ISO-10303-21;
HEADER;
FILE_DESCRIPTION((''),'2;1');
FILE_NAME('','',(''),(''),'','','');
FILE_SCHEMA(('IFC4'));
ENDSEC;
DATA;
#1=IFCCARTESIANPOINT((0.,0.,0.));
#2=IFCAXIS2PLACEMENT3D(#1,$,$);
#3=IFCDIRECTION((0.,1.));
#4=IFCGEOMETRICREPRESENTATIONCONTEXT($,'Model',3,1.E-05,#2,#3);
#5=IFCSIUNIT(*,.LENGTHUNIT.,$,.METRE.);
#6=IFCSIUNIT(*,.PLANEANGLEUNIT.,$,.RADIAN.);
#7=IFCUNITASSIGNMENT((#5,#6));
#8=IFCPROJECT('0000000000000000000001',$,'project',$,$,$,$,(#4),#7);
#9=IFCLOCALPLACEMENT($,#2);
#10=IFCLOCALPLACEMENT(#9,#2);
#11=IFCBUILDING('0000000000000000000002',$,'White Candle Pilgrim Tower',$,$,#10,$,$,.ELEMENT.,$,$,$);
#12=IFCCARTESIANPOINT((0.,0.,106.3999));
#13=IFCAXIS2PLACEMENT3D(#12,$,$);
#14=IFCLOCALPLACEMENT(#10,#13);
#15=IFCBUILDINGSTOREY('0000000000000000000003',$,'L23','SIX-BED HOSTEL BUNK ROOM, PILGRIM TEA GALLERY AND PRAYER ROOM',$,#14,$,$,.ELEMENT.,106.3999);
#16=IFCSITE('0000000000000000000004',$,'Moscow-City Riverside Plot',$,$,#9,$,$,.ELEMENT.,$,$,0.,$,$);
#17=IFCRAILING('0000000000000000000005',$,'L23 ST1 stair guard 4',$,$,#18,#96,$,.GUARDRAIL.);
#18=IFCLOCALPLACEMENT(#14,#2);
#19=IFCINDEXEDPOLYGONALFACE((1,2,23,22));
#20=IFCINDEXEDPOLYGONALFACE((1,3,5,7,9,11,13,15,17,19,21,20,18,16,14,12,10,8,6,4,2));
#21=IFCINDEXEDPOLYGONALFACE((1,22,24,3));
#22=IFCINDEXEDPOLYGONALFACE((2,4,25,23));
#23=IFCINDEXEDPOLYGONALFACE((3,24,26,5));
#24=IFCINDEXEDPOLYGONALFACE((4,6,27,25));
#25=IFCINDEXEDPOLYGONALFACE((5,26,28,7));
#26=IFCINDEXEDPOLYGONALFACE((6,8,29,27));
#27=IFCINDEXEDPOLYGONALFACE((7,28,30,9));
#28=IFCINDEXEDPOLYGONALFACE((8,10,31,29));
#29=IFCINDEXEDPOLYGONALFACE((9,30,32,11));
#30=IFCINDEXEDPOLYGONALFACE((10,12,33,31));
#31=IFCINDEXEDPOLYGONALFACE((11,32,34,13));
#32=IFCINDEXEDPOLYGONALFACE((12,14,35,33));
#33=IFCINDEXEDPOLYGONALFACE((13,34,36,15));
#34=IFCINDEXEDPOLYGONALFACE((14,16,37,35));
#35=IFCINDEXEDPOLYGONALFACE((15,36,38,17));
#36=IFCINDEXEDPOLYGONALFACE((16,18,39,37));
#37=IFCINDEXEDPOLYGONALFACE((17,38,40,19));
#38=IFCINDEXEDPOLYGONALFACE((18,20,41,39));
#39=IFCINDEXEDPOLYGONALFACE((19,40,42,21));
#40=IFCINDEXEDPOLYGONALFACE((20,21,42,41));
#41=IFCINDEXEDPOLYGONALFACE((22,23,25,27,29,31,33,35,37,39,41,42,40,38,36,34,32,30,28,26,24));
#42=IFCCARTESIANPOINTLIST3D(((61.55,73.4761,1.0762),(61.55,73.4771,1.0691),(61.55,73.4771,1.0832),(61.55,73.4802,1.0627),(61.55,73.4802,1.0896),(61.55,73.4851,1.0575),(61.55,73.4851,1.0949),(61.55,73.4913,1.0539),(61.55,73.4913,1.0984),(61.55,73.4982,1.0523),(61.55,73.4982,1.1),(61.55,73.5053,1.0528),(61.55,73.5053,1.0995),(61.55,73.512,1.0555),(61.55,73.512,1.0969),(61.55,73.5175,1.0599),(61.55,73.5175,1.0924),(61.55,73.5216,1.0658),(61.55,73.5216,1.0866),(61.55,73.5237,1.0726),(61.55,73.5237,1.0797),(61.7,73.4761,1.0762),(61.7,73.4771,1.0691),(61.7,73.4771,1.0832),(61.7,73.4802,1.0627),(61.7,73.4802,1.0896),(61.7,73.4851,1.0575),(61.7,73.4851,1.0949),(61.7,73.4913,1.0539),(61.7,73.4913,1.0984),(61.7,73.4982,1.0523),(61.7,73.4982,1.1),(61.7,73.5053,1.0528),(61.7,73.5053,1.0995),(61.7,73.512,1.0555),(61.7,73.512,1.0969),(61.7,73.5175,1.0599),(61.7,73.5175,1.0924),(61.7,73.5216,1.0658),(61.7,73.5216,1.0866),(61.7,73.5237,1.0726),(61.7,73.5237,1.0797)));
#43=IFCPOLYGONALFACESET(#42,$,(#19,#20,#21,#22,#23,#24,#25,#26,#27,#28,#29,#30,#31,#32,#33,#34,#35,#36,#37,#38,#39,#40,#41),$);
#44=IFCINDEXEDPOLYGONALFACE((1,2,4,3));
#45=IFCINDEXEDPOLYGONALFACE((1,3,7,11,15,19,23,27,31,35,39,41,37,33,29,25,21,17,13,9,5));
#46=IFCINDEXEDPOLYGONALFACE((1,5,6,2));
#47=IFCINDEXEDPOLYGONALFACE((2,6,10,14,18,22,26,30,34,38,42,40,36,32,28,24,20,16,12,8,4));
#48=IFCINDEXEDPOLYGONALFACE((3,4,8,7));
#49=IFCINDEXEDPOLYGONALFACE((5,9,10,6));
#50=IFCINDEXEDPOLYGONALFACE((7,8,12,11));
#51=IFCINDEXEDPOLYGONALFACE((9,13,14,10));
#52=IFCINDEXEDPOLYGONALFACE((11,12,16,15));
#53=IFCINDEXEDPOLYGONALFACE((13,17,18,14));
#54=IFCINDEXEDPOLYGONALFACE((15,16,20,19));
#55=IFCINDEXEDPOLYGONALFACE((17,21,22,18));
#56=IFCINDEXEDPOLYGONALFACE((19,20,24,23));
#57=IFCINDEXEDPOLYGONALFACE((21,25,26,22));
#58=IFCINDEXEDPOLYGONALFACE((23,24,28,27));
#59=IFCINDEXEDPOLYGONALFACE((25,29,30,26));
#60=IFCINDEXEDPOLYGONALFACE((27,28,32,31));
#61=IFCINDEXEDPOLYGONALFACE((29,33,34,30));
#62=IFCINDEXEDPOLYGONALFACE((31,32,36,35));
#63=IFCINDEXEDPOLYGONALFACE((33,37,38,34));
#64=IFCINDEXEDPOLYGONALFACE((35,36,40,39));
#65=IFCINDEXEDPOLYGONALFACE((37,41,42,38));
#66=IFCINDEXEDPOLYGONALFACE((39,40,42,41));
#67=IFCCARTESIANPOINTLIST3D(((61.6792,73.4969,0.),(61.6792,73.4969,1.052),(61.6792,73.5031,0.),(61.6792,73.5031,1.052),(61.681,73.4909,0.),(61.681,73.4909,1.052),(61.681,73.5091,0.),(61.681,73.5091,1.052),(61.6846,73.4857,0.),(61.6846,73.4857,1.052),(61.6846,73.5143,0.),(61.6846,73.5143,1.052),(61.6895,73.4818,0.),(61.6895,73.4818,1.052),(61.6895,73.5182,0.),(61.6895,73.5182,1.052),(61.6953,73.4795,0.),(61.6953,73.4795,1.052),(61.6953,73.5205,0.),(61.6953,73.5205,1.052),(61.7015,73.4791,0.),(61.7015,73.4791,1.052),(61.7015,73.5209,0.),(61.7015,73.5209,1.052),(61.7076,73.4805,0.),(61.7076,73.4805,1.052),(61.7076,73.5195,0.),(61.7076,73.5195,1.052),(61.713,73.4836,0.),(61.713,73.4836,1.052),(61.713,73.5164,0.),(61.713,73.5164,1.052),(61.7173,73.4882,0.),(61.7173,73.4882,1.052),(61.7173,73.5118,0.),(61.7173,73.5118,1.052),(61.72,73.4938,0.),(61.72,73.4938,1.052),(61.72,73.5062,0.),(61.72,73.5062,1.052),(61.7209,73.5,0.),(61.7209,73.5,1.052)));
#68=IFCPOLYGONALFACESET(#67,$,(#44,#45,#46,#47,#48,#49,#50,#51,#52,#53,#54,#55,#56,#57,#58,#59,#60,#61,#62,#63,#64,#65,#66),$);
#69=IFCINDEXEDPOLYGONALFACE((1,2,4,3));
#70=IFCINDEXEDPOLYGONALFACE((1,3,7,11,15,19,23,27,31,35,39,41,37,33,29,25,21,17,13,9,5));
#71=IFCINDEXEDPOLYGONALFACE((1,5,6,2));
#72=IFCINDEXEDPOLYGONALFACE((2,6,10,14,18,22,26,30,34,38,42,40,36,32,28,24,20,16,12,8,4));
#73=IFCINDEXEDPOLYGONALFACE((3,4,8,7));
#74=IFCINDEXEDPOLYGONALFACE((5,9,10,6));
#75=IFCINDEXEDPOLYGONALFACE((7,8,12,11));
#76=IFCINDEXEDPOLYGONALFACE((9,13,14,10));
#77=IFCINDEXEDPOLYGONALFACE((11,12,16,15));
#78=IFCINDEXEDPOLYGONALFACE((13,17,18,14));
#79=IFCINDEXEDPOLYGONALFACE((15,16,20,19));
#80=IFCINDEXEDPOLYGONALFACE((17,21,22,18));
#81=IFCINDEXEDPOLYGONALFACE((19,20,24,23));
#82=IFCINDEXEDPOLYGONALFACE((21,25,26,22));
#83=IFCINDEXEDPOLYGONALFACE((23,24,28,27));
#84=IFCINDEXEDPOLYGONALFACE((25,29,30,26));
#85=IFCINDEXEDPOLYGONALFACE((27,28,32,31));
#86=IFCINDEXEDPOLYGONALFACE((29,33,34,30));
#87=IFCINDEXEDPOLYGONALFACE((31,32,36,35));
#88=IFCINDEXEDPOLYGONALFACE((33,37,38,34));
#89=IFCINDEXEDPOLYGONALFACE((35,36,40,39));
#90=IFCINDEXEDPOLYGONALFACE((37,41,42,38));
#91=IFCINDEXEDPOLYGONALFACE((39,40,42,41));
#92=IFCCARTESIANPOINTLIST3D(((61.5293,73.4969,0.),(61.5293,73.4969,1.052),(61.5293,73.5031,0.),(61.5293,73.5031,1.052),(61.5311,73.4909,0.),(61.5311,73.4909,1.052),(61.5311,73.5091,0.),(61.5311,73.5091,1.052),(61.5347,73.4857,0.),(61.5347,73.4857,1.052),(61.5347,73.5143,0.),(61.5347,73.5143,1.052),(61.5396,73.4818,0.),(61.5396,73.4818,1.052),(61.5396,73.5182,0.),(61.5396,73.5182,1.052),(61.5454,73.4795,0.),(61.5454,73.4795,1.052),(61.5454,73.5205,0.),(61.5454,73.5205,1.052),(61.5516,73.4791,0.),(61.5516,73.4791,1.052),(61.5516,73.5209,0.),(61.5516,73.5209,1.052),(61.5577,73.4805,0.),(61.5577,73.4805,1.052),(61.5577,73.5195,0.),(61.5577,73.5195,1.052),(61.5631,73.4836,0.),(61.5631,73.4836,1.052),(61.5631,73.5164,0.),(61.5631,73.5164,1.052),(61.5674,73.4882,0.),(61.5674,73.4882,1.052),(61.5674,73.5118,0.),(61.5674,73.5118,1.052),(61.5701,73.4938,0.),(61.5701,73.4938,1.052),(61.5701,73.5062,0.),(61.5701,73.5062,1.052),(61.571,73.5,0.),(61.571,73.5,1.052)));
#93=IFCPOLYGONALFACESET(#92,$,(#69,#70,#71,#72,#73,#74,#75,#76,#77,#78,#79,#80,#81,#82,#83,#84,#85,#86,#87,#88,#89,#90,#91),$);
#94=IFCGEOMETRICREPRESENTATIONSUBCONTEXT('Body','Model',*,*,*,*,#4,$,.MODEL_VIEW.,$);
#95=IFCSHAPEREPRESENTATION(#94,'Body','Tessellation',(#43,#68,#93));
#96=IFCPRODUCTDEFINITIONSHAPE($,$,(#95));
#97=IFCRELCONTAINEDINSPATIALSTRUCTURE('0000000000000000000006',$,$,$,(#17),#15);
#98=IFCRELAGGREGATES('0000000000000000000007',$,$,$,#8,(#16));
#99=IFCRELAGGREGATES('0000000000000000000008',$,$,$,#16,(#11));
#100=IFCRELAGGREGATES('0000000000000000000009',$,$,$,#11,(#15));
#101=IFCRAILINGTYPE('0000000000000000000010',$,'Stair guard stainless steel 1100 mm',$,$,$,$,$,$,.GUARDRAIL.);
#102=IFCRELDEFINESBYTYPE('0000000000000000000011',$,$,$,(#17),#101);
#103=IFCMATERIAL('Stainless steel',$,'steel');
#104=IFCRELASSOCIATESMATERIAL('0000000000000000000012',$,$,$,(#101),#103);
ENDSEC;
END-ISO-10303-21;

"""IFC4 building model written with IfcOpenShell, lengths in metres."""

from ifc_helpers import new_model, si_unit, direction, frame, origin, origin_2d, place, context, subcontext, project, spatial, circle, extrude, material, type_object, element, save


model = new_model("IFC4")

# Units and contexts
model_context = context("Model", 3, precision=1e-05, world=origin(), true_north=direction((0.0, 1.0)))
body_context = subcontext(model_context, "Body", "Model", "MODEL_VIEW")
ifc_project = project(units=[si_unit("LENGTHUNIT", "METRE"), si_unit("PLANEANGLEUNIT", "RADIAN")], contexts=[model_context])

# Site, building, storey
site_placement = place(None, origin())
site = spatial("IfcSite", under=ifc_project, at=site_placement, Name="Moscow-City Riverside Plot", CompositionType="ELEMENT", RefElevation=0.0)
building_placement = place(site_placement, origin())
building = spatial("IfcBuilding", under=site, at=building_placement, Name="White Candle Pilgrim Tower", CompositionType="ELEMENT")
storey_placement = place(building_placement, frame((0.0, 0.0, 106.3999)))
storey = spatial("IfcBuildingStorey", under=building, at=storey_placement, Name="L23", Description="SIX-BED HOSTEL BUNK ROOM, PILGRIM TEA GALLERY AND PRAYER ROOM", CompositionType="ELEMENT", Elevation=106.3999)

# Shared definitions
ifc_material_1 = material(Name="Stainless steel", Category="steel")

# Railing
railing_type_1 = type_object("IfcRailingType", Name="Stair guard stainless steel 1100 mm", PredefinedType="GUARDRAIL", material=ifc_material_1)
railing_1_placement = place(storey_placement, frame((61.7, 73.5, 0.0)))
element("IfcRailing", 1, at=railing_1_placement, inside=storey, type_object=railing_type_1, Name="L23 ST1 stair guard 4", PredefinedType="GUARDRAIL", context=body_context, shape_type="SweptSolid", body=[
    extrude(circle(Radius=0.0239, at=origin_2d()), frame((0.0, 0.0, 1.0762), z_axis=(-1.0, 0.0, 0.0), x_axis=(0.0, -1.0, 0.0)), (0.0, 0.0, 1.0), 0.1499),
    extrude(circle(Radius=0.021, at=origin_2d()), origin(), (0.0, 0.0, 1.0), 1.052),
    extrude(circle(Radius=0.021, at=origin_2d()), frame((-0.1499, 0.0, 0.0)), (0.0, 0.0, 1.0), 1.052),
])

save(model, "model.ifc")
